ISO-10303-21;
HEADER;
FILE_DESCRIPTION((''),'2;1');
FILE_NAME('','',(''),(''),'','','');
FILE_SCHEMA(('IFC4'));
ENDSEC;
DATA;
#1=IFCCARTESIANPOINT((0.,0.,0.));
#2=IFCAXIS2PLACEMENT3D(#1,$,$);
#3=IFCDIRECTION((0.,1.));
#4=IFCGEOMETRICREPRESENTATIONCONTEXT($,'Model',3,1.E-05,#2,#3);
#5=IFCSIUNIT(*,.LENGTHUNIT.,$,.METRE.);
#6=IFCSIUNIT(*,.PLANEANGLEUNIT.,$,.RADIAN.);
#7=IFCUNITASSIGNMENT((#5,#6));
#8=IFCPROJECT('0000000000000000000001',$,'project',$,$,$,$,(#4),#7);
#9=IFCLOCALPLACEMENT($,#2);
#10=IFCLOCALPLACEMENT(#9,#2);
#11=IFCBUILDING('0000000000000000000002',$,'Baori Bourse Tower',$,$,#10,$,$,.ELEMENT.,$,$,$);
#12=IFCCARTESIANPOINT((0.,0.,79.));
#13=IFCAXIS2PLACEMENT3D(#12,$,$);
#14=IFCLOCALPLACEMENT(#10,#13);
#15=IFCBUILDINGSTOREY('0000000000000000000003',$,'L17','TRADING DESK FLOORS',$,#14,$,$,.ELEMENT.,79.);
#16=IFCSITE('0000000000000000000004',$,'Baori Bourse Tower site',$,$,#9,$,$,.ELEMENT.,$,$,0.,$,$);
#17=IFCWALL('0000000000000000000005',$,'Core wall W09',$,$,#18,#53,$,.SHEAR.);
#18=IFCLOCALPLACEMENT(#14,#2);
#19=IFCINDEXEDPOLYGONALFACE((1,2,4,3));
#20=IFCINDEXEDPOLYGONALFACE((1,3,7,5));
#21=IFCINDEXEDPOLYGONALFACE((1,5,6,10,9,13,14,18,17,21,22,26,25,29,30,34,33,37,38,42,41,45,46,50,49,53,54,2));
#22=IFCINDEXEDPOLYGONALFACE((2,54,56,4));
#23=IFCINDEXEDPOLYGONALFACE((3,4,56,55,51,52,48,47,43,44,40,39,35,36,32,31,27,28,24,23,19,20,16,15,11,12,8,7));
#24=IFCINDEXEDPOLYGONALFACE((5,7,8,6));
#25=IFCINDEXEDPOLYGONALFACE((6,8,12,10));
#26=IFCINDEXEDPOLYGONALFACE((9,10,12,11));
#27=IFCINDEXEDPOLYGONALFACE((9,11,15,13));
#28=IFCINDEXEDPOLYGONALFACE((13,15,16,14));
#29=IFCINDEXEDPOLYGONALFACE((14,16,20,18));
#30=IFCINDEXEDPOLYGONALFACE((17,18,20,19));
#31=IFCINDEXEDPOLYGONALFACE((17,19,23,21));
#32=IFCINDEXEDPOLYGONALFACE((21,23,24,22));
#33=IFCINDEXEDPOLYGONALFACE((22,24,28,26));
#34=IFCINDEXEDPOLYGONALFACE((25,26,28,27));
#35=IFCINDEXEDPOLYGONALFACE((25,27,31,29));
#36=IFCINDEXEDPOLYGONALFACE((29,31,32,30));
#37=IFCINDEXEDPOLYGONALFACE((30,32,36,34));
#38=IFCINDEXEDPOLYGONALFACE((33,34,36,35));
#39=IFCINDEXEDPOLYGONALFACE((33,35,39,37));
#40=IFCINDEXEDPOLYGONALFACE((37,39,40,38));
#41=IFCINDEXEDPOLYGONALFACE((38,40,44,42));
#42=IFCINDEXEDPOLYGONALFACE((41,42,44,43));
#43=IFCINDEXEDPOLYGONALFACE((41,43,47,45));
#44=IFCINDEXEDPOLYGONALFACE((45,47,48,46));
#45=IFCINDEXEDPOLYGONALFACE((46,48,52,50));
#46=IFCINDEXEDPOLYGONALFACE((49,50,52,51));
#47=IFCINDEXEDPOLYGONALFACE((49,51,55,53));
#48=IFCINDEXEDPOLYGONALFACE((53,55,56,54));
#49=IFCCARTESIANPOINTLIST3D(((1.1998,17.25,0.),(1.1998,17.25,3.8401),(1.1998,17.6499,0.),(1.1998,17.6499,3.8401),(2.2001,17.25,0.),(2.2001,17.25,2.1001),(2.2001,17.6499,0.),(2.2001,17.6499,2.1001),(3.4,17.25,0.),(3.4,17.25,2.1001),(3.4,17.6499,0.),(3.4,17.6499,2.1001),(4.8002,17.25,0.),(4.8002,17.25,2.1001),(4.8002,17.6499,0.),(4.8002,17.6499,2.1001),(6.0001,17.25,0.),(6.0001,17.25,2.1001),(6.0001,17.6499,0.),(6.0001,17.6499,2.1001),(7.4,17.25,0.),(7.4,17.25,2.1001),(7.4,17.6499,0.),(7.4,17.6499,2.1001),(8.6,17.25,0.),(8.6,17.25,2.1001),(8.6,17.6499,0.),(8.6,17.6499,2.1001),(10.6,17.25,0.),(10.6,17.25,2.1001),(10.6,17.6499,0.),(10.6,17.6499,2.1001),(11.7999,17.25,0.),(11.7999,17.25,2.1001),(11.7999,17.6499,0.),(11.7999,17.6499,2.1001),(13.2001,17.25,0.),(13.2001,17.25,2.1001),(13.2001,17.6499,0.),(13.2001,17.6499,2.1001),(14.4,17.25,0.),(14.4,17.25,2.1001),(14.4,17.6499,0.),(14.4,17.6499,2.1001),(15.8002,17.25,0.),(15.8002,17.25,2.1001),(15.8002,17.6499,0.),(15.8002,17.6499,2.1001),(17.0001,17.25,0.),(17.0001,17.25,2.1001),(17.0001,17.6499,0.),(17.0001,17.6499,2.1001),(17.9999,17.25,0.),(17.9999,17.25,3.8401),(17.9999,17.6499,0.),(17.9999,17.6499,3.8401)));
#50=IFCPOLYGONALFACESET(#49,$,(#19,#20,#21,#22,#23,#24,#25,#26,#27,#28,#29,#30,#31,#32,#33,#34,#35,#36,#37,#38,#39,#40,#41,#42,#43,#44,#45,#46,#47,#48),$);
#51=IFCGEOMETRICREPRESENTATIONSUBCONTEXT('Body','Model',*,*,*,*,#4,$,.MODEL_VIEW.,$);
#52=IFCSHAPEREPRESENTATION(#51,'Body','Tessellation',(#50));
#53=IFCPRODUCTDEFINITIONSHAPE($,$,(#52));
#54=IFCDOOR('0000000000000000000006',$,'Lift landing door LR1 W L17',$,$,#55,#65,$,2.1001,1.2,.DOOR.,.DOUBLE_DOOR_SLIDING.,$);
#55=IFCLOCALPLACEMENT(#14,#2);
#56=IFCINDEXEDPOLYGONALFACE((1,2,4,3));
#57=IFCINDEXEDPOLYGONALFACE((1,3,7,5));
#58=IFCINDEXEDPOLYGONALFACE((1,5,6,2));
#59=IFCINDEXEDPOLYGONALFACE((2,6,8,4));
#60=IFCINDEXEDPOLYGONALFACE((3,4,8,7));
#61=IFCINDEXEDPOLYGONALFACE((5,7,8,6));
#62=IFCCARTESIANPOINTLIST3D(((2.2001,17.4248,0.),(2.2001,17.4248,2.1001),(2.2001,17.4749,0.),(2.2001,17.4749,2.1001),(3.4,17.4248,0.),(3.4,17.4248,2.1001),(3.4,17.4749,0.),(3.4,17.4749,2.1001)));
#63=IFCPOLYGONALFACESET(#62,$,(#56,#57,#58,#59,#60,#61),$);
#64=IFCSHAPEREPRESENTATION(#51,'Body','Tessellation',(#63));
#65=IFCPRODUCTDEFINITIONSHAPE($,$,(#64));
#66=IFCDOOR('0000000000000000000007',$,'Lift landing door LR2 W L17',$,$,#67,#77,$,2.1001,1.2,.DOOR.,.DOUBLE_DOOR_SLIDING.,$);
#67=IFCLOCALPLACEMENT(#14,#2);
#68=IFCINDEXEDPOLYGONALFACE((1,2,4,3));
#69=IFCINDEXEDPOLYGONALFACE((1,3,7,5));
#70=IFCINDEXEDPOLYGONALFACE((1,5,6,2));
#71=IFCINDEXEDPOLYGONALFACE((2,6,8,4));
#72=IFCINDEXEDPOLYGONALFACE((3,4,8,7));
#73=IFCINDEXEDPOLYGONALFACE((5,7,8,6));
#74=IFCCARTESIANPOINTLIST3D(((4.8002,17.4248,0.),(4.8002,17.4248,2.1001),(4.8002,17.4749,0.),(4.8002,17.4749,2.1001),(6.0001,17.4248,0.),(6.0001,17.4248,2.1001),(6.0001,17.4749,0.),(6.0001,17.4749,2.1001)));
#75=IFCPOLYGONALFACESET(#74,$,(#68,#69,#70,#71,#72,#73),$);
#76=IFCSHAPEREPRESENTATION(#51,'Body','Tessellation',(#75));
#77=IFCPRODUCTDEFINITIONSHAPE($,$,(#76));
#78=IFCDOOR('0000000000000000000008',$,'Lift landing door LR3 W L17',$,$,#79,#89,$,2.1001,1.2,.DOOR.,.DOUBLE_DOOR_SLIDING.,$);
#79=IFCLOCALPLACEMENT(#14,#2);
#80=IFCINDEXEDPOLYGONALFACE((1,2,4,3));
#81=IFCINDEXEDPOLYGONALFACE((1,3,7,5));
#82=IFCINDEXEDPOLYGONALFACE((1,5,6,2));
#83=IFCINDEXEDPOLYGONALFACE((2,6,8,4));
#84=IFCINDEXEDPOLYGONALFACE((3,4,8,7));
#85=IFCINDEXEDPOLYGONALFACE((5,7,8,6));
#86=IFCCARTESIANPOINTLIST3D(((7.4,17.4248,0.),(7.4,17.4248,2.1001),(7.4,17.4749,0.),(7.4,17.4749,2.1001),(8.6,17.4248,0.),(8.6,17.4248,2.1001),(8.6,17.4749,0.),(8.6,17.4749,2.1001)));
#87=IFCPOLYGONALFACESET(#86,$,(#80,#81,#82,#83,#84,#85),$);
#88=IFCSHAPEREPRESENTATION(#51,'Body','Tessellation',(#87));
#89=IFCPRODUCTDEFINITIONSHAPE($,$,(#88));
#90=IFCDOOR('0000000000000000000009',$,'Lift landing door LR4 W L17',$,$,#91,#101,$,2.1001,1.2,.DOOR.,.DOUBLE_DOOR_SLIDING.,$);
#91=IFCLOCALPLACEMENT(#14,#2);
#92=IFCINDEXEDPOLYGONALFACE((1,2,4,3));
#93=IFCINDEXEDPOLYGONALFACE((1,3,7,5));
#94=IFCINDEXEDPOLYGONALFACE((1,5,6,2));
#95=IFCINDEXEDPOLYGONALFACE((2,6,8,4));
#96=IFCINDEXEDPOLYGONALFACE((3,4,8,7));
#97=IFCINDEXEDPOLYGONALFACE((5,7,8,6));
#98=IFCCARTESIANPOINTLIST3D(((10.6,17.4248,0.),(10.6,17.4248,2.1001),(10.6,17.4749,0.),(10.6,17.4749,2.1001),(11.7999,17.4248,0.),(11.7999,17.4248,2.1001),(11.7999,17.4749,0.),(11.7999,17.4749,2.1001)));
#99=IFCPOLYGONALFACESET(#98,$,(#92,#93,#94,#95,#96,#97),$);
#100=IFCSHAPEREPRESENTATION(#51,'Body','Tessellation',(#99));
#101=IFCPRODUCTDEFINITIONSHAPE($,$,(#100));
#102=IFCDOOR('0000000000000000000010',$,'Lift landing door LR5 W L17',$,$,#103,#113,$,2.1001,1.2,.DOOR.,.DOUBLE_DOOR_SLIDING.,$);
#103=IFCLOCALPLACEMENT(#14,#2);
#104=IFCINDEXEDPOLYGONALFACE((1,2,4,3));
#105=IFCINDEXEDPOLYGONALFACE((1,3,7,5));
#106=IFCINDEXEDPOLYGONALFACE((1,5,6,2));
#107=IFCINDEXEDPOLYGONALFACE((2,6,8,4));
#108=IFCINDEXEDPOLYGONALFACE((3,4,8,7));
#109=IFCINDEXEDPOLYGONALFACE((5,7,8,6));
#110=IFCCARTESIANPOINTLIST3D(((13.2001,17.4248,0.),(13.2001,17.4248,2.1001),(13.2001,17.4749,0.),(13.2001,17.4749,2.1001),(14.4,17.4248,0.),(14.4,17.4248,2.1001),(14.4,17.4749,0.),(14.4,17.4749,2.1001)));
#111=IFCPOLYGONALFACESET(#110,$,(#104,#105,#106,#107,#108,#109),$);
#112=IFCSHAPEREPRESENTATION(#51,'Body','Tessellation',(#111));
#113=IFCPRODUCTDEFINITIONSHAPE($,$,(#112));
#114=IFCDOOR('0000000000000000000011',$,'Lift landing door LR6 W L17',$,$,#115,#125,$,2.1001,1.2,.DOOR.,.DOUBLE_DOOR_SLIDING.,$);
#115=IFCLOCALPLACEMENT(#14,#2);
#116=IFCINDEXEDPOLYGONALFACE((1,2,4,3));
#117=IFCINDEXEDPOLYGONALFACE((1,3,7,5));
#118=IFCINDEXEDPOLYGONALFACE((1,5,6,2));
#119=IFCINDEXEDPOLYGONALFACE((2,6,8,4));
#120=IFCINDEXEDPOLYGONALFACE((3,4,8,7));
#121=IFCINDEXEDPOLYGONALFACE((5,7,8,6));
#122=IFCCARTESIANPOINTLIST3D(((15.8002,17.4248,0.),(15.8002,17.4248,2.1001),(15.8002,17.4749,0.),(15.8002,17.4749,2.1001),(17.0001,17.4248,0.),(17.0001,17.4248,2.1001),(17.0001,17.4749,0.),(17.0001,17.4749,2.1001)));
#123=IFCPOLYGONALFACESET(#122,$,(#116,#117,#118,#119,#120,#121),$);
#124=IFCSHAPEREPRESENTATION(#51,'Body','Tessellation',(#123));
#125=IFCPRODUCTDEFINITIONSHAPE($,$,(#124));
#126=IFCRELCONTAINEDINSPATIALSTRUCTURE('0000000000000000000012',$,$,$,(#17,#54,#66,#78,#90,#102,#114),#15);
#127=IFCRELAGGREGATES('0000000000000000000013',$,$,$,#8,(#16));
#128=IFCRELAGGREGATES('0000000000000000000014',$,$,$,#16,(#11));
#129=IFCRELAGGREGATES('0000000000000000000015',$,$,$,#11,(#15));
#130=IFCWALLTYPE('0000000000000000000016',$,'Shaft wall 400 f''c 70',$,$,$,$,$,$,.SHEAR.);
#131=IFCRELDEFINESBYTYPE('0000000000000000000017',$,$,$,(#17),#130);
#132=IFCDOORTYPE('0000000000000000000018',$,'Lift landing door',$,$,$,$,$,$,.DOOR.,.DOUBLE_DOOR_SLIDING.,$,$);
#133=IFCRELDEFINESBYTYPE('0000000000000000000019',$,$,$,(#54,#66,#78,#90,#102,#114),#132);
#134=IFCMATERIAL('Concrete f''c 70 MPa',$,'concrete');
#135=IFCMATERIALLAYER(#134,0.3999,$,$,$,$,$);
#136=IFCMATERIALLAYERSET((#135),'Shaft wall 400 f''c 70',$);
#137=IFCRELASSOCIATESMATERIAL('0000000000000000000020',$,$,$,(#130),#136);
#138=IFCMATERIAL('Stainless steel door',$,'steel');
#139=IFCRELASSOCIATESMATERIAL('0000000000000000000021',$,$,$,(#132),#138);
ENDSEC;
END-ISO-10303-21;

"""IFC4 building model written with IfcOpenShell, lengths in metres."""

from ifc_helpers import new_model, si_unit, direction, frame, frame_2d, origin, place, context, subcontext, project, spatial, rectangle, extrude, material, layer, layer_set, type_object, element, fill, save


model = new_model("IFC4")

# Units and contexts
model_context = context("Model", 3, precision=1e-05, world=origin(), true_north=direction((0.0, 1.0)))
body_context = subcontext(model_context, "Body", "Model", "MODEL_VIEW")
ifc_project = project(units=[si_unit("LENGTHUNIT", "METRE"), si_unit("PLANEANGLEUNIT", "RADIAN")], contexts=[model_context])

# Site, building, storey
site_placement = place(None, origin())
site = spatial("IfcSite", under=ifc_project, at=site_placement, Name="Baori Bourse Tower site", CompositionType="ELEMENT", RefElevation=0.0)
building_placement = place(site_placement, origin())
building = spatial("IfcBuilding", under=site, at=building_placement, Name="Baori Bourse Tower", CompositionType="ELEMENT")
storey_placement = place(building_placement, frame((0.0, 0.0, 79.0)))
storey = spatial("IfcBuildingStorey", under=building, at=storey_placement, Name="L17", Description="TRADING DESK FLOORS", CompositionType="ELEMENT", Elevation=79.0)

# Shared definitions
ifc_material_1 = material(Name="Concrete f'c 70 MPa", Category="concrete")
ifc_layer_1 = layer(ifc_material_1, 0.3999)
ifc_layer_set_1 = layer_set([ifc_layer_1], Name="Shaft wall 400 f'c 70")
wall_type_1 = type_object("IfcWallType", Name="Shaft wall 400 f'c 70", PredefinedType="SHEAR", material=ifc_layer_set_1)

# Wall, openings, doors
wall_1_placement = place(storey_placement, frame((1.2, 17.45, 0.0), z_axis=(0.0, 0.0, 1.0), x_axis=(1.0, 0.0, 0.0)))
wall_1 = element("IfcWall", 1, at=wall_1_placement, inside=storey, type_object=wall_type_1, Name="Core wall W09", PredefinedType="SHEAR", context=body_context, shape_type="SweptSolid", body=[
    extrude(rectangle(XDim=16.8, YDim=0.3999, at=frame_2d((8.3999, 0.0))), origin(), (0.0, 0.0, 1.0), 3.8401),
])
opening_1_placement = place(wall_1_placement, frame((1.0, 0.0, 0.0)))
opening_1 = element("IfcOpeningElement", 2, at=opening_1_placement, cuts=wall_1, PredefinedType="OPENING", context=body_context, shape_type="SweptSolid", body=[
    extrude(rectangle(XDim=1.2, YDim=2.1001, at=frame_2d((0.6001, 1.05))), frame((0.0, 0.21, 0.0), z_axis=(0.0, -1.0, 0.0), x_axis=(1.0, 0.0, 0.0)), (0.0, 0.0, 1.0), 0.4199),
])
opening_2_placement = place(wall_1_placement, frame((3.6001, 0.0, 0.0)))
opening_2 = element("IfcOpeningElement", 3, at=opening_2_placement, cuts=wall_1, PredefinedType="OPENING", context=body_context, shape_type="SweptSolid", body=[
    extrude(rectangle(XDim=1.2, YDim=2.1001, at=frame_2d((0.6001, 1.05))), frame((0.0, 0.21, 0.0), z_axis=(0.0, -1.0, 0.0), x_axis=(1.0, 0.0, 0.0)), (0.0, 0.0, 1.0), 0.4199),
])
opening_3_placement = place(wall_1_placement, frame((6.2, 0.0, 0.0)))
opening_3 = element("IfcOpeningElement", 4, at=opening_3_placement, cuts=wall_1, PredefinedType="OPENING", context=body_context, shape_type="SweptSolid", body=[
    extrude(rectangle(XDim=1.2, YDim=2.1001, at=frame_2d((0.6001, 1.05))), frame((0.0, 0.21, 0.0), z_axis=(0.0, -1.0, 0.0), x_axis=(1.0, 0.0, 0.0)), (0.0, 0.0, 1.0), 0.4199),
])
opening_4_placement = place(wall_1_placement, frame((9.3999, 0.0, 0.0)))
opening_4 = element("IfcOpeningElement", 5, at=opening_4_placement, cuts=wall_1, PredefinedType="OPENING", context=body_context, shape_type="SweptSolid", body=[
    extrude(rectangle(XDim=1.2, YDim=2.1001, at=frame_2d((0.6001, 1.05))), frame((0.0, 0.21, 0.0), z_axis=(0.0, -1.0, 0.0), x_axis=(1.0, 0.0, 0.0)), (0.0, 0.0, 1.0), 0.4199),
])
opening_5_placement = place(wall_1_placement, frame((12.0, 0.0, 0.0)))
opening_5 = element("IfcOpeningElement", 6, at=opening_5_placement, cuts=wall_1, PredefinedType="OPENING", context=body_context, shape_type="SweptSolid", body=[
    extrude(rectangle(XDim=1.2, YDim=2.1001, at=frame_2d((0.6001, 1.05))), frame((0.0, 0.21, 0.0), z_axis=(0.0, -1.0, 0.0), x_axis=(1.0, 0.0, 0.0)), (0.0, 0.0, 1.0), 0.4199),
])
opening_6_placement = place(wall_1_placement, frame((14.6001, 0.0, 0.0)))
opening_6 = element("IfcOpeningElement", 7, at=opening_6_placement, cuts=wall_1, PredefinedType="OPENING", context=body_context, shape_type="SweptSolid", body=[
    extrude(rectangle(XDim=1.2, YDim=2.1001, at=frame_2d((0.6001, 1.05))), frame((0.0, 0.21, 0.0), z_axis=(0.0, -1.0, 0.0), x_axis=(1.0, 0.0, 0.0)), (0.0, 0.0, 1.0), 0.4199),
])
ifc_material_2 = material(Name="Stainless steel door", Category="steel")
door_type_1 = type_object("IfcDoorType", Name="Lift landing door", OperationType="DOUBLE_DOOR_SLIDING", PredefinedType="DOOR", material=ifc_material_2)
door_1_placement = place(opening_1_placement, origin())
door_1 = element("IfcDoor", 8, at=door_1_placement, inside=storey, type_object=door_type_1, Name="Lift landing door LR1 W L17", OperationType="DOUBLE_DOOR_SLIDING", OverallHeight=2.1001, OverallWidth=1.2, PredefinedType="DOOR", context=body_context, shape_type="SweptSolid", body=[
    extrude(rectangle(XDim=1.2, YDim=2.1001, at=frame_2d((0.6001, 1.05))), frame((0.0, 0.0249, 0.0), z_axis=(0.0, -1.0, 0.0), x_axis=(1.0, 0.0, 0.0)), (0.0, 0.0, 1.0), 0.05),
])
fill(opening_1, door_1)
door_2_placement = place(opening_2_placement, origin())
door_2 = element("IfcDoor", 9, at=door_2_placement, inside=storey, type_object=door_type_1, Name="Lift landing door LR2 W L17", OperationType="DOUBLE_DOOR_SLIDING", OverallHeight=2.1001, OverallWidth=1.2, PredefinedType="DOOR", context=body_context, shape_type="SweptSolid", body=[
    extrude(rectangle(XDim=1.2, YDim=2.1001, at=frame_2d((0.6001, 1.05))), frame((0.0, 0.0249, 0.0), z_axis=(0.0, -1.0, 0.0), x_axis=(1.0, 0.0, 0.0)), (0.0, 0.0, 1.0), 0.05),
])
fill(opening_2, door_2)
door_3_placement = place(opening_3_placement, origin())
door_3 = element("IfcDoor", 10, at=door_3_placement, inside=storey, type_object=door_type_1, Name="Lift landing door LR3 W L17", OperationType="DOUBLE_DOOR_SLIDING", OverallHeight=2.1001, OverallWidth=1.2, PredefinedType="DOOR", context=body_context, shape_type="SweptSolid", body=[
    extrude(rectangle(XDim=1.2, YDim=2.1001, at=frame_2d((0.6001, 1.05))), frame((0.0, 0.0249, 0.0), z_axis=(0.0, -1.0, 0.0), x_axis=(1.0, 0.0, 0.0)), (0.0, 0.0, 1.0), 0.05),
])
fill(opening_3, door_3)
door_4_placement = place(opening_4_placement, origin())
door_4 = element("IfcDoor", 11, at=door_4_placement, inside=storey, type_object=door_type_1, Name="Lift landing door LR4 W L17", OperationType="DOUBLE_DOOR_SLIDING", OverallHeight=2.1001, OverallWidth=1.2, PredefinedType="DOOR", context=body_context, shape_type="SweptSolid", body=[
    extrude(rectangle(XDim=1.2, YDim=2.1001, at=frame_2d((0.6001, 1.05))), frame((0.0, 0.0249, 0.0), z_axis=(0.0, -1.0, 0.0), x_axis=(1.0, 0.0, 0.0)), (0.0, 0.0, 1.0), 0.05),
])
fill(opening_4, door_4)
door_5_placement = place(opening_5_placement, origin())
door_5 = element("IfcDoor", 12, at=door_5_placement, inside=storey, type_object=door_type_1, Name="Lift landing door LR5 W L17", OperationType="DOUBLE_DOOR_SLIDING", OverallHeight=2.1001, OverallWidth=1.2, PredefinedType="DOOR", context=body_context, shape_type="SweptSolid", body=[
    extrude(rectangle(XDim=1.2, YDim=2.1001, at=frame_2d((0.6001, 1.05))), frame((0.0, 0.0249, 0.0), z_axis=(0.0, -1.0, 0.0), x_axis=(1.0, 0.0, 0.0)), (0.0, 0.0, 1.0), 0.05),
])
fill(opening_5, door_5)
door_6_placement = place(opening_6_placement, origin())
door_6 = element("IfcDoor", 13, at=door_6_placement, inside=storey, type_object=door_type_1, Name="Lift landing door LR6 W L17", OperationType="DOUBLE_DOOR_SLIDING", OverallHeight=2.1001, OverallWidth=1.2, PredefinedType="DOOR", context=body_context, shape_type="SweptSolid", body=[
    extrude(rectangle(XDim=1.2, YDim=2.1001, at=frame_2d((0.6001, 1.05))), frame((0.0, 0.0249, 0.0), z_axis=(0.0, -1.0, 0.0), x_axis=(1.0, 0.0, 0.0)), (0.0, 0.0, 1.0), 0.05),
])
fill(opening_6, door_6)

save(model, "model.ifc")
